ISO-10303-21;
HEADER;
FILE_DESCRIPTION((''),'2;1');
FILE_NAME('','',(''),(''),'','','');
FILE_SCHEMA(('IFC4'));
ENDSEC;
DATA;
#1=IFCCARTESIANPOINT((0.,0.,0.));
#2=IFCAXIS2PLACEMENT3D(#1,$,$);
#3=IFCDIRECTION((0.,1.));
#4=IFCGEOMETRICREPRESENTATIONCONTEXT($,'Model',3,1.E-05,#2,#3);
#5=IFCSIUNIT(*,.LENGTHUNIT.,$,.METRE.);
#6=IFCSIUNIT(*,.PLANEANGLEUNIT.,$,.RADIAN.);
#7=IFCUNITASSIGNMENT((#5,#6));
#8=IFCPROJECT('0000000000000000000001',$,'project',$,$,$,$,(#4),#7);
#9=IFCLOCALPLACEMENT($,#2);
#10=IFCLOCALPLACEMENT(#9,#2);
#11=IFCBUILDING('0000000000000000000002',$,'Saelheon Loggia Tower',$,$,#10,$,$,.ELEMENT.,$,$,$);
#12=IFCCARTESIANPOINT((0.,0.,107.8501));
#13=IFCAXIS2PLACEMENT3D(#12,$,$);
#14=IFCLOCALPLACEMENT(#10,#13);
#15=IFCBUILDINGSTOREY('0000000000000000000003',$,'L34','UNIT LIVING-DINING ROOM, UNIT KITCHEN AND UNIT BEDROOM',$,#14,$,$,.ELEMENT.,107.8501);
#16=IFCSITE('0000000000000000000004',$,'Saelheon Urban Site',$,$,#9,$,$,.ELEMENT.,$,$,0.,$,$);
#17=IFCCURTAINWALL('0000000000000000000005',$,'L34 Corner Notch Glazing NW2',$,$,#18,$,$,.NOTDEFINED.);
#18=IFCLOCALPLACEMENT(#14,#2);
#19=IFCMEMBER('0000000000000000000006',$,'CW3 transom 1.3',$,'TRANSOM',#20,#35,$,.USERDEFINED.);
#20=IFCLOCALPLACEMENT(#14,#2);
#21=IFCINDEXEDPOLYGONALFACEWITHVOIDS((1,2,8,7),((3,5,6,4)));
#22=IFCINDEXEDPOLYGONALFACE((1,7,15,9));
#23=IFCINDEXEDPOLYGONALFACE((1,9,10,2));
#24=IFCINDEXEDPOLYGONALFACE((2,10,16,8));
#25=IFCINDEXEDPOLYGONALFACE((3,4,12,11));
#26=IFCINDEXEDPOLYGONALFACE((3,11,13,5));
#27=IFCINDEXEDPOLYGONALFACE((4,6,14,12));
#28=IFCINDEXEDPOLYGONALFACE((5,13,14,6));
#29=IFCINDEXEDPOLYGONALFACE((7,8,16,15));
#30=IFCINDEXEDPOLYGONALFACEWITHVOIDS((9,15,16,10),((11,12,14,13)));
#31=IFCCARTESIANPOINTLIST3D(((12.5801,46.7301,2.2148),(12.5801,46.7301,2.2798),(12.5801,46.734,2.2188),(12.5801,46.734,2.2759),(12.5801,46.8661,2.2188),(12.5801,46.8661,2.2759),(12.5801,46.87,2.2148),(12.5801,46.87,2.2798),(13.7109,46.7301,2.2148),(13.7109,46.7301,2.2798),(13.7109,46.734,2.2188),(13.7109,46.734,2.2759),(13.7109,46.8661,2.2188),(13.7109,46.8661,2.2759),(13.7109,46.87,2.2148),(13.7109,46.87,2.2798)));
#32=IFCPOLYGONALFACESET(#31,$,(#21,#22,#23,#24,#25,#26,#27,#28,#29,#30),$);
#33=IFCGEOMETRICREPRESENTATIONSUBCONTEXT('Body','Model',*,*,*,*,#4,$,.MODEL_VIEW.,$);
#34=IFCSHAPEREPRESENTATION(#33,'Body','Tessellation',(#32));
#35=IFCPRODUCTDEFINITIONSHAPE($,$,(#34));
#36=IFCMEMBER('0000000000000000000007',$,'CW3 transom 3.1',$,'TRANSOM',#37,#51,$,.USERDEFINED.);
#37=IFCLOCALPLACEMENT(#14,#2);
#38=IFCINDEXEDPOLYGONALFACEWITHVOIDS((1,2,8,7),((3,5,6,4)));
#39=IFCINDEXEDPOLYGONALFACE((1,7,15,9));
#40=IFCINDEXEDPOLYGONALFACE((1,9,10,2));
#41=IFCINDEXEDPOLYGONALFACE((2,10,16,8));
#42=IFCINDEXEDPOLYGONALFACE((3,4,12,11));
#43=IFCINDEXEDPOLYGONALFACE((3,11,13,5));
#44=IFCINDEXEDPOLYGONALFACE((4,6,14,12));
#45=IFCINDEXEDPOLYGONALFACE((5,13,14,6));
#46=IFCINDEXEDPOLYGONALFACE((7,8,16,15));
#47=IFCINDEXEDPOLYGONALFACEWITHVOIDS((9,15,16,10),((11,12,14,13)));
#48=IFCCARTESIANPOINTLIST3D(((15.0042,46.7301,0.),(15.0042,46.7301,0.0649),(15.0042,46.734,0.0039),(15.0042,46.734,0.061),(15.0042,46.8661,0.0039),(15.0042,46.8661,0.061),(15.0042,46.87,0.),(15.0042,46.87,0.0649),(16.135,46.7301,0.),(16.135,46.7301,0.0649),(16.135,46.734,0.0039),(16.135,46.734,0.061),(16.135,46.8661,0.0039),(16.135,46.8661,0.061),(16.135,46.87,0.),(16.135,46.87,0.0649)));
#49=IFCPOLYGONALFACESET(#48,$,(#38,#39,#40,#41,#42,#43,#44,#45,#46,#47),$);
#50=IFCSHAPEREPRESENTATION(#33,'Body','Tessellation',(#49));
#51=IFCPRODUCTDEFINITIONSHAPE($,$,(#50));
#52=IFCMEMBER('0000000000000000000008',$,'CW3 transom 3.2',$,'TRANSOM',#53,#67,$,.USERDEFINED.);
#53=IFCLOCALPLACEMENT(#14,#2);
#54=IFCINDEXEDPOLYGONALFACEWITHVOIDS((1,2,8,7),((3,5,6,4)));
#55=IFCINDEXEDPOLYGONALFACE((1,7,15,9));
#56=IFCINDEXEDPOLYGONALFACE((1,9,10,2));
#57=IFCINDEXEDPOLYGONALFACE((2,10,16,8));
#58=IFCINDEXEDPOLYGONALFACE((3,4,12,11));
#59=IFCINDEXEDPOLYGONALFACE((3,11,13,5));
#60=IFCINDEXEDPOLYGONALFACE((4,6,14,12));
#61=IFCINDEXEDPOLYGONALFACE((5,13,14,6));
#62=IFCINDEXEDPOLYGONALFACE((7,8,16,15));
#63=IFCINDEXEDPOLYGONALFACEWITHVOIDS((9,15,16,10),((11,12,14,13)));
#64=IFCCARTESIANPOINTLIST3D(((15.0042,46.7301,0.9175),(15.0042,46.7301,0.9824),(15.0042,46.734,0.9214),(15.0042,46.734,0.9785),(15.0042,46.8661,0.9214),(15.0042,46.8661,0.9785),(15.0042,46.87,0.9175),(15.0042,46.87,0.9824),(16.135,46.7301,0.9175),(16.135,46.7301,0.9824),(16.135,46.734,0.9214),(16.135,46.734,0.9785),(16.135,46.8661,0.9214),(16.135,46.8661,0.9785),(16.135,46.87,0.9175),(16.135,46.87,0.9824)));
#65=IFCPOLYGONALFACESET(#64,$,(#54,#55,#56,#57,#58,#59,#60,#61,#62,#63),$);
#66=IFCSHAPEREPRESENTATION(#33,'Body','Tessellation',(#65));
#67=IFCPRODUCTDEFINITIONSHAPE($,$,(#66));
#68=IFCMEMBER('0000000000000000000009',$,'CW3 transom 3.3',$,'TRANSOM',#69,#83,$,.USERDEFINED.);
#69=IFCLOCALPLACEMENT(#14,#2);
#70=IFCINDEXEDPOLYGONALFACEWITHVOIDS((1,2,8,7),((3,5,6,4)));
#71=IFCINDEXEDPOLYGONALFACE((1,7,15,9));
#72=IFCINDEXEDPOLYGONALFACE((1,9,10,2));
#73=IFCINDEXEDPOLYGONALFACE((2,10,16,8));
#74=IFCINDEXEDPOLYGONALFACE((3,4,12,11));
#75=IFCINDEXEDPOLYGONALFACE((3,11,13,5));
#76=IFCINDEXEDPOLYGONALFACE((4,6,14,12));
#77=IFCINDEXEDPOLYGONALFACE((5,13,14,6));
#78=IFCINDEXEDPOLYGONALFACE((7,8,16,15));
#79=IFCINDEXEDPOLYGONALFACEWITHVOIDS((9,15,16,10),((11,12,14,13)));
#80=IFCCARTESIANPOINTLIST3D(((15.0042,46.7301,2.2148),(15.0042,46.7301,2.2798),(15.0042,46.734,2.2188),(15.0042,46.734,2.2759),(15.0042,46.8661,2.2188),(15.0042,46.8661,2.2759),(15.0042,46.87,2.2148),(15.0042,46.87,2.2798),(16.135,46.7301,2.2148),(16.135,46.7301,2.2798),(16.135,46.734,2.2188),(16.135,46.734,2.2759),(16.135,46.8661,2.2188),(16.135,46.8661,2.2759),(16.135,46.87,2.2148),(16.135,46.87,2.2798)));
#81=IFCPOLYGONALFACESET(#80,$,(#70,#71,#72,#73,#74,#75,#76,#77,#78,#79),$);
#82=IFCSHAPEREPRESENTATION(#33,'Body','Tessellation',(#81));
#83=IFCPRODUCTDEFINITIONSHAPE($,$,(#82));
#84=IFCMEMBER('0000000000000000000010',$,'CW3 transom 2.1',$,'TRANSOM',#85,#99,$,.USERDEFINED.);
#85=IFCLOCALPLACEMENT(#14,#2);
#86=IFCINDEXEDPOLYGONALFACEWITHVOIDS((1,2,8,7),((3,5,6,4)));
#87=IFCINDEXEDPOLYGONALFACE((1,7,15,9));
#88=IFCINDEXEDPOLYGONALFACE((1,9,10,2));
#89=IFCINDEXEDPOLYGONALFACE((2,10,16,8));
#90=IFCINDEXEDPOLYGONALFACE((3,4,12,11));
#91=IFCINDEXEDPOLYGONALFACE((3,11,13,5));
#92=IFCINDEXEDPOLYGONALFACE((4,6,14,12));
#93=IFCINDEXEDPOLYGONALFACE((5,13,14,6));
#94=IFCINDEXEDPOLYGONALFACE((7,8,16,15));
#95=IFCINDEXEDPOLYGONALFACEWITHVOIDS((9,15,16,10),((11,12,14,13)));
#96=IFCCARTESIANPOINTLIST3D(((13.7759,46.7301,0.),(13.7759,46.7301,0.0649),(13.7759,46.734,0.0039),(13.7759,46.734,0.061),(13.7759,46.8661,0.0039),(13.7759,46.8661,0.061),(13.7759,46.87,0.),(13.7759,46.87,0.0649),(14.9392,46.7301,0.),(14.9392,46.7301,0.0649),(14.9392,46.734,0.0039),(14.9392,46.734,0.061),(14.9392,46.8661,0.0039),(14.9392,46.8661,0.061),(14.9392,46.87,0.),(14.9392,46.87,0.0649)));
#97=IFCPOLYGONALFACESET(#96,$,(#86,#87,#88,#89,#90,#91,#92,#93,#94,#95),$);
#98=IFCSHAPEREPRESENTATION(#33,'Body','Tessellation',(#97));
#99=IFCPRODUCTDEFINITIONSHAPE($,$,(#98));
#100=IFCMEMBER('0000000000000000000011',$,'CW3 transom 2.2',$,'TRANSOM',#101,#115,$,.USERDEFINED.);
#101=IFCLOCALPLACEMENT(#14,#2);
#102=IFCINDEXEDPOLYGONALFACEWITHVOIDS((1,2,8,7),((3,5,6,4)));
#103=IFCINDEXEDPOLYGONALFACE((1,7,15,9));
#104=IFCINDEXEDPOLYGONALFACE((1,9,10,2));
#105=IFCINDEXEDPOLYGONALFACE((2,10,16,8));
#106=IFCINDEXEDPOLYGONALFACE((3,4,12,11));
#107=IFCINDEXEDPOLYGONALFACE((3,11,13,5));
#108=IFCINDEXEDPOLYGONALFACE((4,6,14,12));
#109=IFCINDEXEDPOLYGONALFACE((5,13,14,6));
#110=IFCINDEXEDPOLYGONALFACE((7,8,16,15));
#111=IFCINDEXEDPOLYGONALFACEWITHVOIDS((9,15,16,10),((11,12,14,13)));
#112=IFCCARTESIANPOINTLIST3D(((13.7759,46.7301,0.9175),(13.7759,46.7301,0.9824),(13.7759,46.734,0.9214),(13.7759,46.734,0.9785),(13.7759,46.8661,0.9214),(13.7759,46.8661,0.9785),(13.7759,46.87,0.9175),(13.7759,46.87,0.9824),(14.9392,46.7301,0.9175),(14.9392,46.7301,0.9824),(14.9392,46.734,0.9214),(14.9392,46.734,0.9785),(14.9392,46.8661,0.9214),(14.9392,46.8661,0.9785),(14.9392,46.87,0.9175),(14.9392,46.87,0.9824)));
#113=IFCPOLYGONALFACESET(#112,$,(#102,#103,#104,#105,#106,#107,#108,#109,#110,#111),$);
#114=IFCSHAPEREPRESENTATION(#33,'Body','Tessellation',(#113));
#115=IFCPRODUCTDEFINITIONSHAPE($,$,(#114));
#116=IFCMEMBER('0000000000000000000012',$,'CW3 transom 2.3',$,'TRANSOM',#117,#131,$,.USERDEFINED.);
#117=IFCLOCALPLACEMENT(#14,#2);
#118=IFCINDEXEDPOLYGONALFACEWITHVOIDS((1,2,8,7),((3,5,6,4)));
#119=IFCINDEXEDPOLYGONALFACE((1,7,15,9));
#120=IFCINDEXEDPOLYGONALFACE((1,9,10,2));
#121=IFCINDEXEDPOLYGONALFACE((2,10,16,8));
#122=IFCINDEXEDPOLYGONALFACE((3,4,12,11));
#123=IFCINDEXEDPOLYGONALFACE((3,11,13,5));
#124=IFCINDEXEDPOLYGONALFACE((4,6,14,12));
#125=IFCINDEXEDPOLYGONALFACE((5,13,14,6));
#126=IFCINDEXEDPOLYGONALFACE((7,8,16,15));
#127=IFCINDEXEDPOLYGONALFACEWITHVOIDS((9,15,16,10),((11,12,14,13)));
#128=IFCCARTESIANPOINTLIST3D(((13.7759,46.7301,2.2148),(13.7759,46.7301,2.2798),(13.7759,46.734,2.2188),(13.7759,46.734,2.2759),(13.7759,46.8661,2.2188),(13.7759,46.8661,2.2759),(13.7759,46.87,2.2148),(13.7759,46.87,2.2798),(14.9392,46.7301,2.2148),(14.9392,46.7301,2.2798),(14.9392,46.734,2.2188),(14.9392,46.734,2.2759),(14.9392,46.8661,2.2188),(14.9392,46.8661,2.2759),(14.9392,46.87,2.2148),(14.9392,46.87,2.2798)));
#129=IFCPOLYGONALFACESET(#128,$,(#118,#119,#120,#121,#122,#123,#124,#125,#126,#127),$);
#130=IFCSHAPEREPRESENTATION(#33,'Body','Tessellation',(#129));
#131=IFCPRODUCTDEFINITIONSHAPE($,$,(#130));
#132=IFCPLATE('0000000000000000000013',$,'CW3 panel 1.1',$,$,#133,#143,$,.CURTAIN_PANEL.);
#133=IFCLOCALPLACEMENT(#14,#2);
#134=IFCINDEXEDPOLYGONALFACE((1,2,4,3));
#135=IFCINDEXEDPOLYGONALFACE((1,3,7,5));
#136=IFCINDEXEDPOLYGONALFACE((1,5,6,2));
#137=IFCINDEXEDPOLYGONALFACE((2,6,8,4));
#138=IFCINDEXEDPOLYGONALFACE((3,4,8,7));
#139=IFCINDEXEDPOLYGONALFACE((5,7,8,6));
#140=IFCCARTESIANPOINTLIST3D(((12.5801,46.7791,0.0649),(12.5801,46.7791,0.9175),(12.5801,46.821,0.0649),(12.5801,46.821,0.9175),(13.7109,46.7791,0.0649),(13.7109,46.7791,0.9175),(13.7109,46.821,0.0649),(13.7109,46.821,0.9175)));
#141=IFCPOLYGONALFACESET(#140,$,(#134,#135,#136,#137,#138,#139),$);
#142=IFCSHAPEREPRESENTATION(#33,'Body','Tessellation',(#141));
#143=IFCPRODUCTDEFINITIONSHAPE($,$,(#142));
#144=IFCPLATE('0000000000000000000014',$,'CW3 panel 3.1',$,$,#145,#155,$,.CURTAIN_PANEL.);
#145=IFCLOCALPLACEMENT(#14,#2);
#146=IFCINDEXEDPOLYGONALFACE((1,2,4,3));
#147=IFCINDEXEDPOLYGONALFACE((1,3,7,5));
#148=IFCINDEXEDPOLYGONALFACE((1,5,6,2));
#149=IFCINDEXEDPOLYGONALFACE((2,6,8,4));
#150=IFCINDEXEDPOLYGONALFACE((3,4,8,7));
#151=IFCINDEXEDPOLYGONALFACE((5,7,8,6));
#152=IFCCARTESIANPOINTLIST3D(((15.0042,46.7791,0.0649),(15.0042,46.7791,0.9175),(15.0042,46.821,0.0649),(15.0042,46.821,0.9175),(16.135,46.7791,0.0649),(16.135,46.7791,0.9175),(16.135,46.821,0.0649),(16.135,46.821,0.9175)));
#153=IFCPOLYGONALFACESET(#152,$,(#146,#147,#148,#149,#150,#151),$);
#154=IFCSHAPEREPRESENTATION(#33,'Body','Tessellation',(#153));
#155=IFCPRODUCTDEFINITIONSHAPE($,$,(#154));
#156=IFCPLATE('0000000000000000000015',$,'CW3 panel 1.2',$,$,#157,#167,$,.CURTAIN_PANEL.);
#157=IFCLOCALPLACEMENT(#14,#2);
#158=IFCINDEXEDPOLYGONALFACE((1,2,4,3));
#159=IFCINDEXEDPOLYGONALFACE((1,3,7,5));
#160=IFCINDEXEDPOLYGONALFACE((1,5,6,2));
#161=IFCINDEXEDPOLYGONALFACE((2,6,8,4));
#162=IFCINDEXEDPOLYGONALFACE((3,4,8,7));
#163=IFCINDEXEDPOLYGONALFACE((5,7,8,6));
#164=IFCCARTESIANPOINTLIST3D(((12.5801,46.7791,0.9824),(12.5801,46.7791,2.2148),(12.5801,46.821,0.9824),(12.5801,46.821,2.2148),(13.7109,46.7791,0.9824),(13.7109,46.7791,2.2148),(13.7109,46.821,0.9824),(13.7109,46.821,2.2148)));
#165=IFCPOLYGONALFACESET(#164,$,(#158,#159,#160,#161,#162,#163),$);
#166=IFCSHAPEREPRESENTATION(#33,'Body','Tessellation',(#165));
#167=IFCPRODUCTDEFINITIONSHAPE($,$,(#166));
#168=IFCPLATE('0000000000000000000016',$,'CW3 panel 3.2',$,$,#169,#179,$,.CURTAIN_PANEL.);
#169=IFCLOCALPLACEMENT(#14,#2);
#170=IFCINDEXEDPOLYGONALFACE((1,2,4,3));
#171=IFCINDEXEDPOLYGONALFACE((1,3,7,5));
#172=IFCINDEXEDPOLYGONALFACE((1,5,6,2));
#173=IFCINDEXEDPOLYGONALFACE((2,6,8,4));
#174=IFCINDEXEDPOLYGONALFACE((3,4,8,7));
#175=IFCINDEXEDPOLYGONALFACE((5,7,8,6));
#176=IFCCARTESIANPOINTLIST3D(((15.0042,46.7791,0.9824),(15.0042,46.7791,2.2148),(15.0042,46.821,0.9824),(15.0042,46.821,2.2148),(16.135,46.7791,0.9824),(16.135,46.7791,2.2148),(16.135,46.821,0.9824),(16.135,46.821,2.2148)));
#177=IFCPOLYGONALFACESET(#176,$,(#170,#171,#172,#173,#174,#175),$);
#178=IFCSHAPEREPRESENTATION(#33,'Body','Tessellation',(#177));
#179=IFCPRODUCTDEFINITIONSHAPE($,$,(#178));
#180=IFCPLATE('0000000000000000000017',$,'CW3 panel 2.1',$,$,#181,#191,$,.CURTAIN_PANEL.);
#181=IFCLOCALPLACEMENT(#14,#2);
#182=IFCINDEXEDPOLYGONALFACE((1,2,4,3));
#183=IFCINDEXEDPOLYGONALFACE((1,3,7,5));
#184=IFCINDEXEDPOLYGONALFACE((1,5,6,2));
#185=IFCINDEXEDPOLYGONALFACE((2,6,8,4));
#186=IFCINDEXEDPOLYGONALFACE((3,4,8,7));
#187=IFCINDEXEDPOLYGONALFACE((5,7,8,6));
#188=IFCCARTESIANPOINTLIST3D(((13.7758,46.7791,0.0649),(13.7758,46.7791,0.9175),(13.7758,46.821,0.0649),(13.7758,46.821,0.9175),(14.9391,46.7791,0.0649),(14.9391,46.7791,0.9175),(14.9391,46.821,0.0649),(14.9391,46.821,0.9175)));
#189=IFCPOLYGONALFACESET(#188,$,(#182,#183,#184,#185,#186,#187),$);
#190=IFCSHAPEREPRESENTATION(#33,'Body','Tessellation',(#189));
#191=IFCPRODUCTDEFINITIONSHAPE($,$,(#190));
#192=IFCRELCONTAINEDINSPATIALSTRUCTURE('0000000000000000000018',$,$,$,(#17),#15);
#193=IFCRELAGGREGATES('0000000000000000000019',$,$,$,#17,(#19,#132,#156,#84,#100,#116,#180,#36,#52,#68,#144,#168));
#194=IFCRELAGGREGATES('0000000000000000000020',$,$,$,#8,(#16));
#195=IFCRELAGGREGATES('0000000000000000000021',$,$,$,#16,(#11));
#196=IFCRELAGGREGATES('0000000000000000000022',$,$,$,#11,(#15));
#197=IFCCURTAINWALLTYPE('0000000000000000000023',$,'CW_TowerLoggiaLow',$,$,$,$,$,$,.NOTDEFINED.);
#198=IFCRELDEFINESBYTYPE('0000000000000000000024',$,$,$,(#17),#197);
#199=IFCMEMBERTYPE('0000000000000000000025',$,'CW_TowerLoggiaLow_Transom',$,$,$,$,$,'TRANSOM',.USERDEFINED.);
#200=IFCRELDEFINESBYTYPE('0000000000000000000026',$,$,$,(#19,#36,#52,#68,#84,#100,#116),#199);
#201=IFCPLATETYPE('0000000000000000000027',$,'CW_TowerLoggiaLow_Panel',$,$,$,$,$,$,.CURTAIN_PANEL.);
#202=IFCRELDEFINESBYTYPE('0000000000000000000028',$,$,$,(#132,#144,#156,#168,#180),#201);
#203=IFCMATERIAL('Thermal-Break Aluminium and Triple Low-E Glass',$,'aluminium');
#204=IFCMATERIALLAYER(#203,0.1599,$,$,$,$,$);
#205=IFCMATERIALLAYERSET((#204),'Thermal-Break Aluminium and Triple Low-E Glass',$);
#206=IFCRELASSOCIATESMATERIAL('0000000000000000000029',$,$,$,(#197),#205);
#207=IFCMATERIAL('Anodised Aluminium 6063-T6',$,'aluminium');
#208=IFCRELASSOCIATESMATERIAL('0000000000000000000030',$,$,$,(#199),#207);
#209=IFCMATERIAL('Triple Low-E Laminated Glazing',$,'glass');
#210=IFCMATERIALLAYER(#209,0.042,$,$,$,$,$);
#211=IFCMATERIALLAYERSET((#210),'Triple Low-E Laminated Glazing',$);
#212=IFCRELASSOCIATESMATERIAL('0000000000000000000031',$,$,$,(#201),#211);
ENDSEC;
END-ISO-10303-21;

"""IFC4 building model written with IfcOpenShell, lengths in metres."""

from ifc_helpers import new_model, si_unit, direction, frame, origin, origin_2d, place, context, subcontext, project, spatial, rectangle, hollow_rectangle, extrude, source, transform, mapped, material, layer, layer_set, material_profile, profile_set, type_object, element, aggregate, save


model = new_model("IFC4")

# Units and contexts
model_context = context("Model", 3, precision=1e-05, world=origin(), true_north=direction((0.0, 1.0)))
body_context = subcontext(model_context, "Body", "Model", "MODEL_VIEW")
ifc_project = project(units=[si_unit("LENGTHUNIT", "METRE"), si_unit("PLANEANGLEUNIT", "RADIAN")], contexts=[model_context])

# Site, building, storey
site_placement = place(None, origin())
site = spatial("IfcSite", under=ifc_project, at=site_placement, Name="Saelheon Urban Site", CompositionType="ELEMENT", RefElevation=0.0)
building_placement = place(site_placement, origin())
building = spatial("IfcBuilding", under=site, at=building_placement, Name="Saelheon Loggia Tower", CompositionType="ELEMENT")
storey_placement = place(building_placement, frame((0.0, 0.0, 107.8501)))
storey = spatial("IfcBuildingStorey", under=building, at=storey_placement, Name="L34", Description="UNIT LIVING-DINING ROOM, UNIT KITCHEN AND UNIT BEDROOM", CompositionType="ELEMENT", Elevation=107.8501)

# Shared definitions
ifc_material_1 = material(Name="Thermal-Break Aluminium and Triple Low-E Glass", Category="aluminium")
ifc_layer_1 = layer(ifc_material_1, 0.1599)
ifc_layer_set_1 = layer_set([ifc_layer_1], Name="Thermal-Break Aluminium and Triple Low-E Glass")
curtain_wall_type = type_object("IfcCurtainWallType", Name="CW_TowerLoggiaLow", PredefinedType="NOTDEFINED", material=ifc_layer_set_1)
ifc_material_2 = material(Name="Anodised Aluminium 6063-T6", Category="aluminium")

# Curtain wall
curtain_wall_1_placement = place(storey_placement, origin())
curtain_wall_1 = element("IfcCurtainWall", 1, at=curtain_wall_1_placement, inside=storey, type_object=curtain_wall_type, Name="L34 Corner Notch Glazing NW2", PredefinedType="NOTDEFINED")

# Members
ifc_material_profile_1 = material_profile(ifc_material_2, hollow_rectangle(XDim=0.0649, YDim=0.1399, WallThickness=0.0039, at=origin_2d()), Name="RHS-140x65x4")
ifc_profile_set_1 = profile_set([ifc_material_profile_1], Name="Anodised Aluminium 6063-T6")
member_type_1 = type_object("IfcMemberType", Name="CW_TowerLoggiaLow_Transom", ElementType="TRANSOM", PredefinedType="USERDEFINED", material=ifc_profile_set_1)
shared_shape_1 = source(origin(), body_context, "Body", "SweptSolid", [
    extrude(hollow_rectangle(XDim=0.0649, YDim=0.1399, WallThickness=0.0039, at=origin_2d()), origin(), (0.0, 0.0, 1.0), 1.1309),
])
member_1_placement = place(storey_placement, frame((12.5801, 46.8, 2.2473), z_axis=(1.0, 0.0, 0.0), x_axis=(0.0, 0.0, 1.0)))
member_1 = element("IfcMember", 2, at=member_1_placement, type_object=member_type_1, Name="CW3 transom 1.3", ObjectType="TRANSOM", PredefinedType="USERDEFINED", context=body_context, shape_type="MappedRepresentation", body=[
    mapped(shared_shape_1, transform((0.0, 0.0, 0.0), scale=1.0)),
])
member_2_placement = place(storey_placement, frame((15.0042, 46.8, 0.0325), z_axis=(1.0, 0.0, 0.0), x_axis=(0.0, 0.0, 1.0)))
member_2 = element("IfcMember", 3, at=member_2_placement, type_object=member_type_1, Name="CW3 transom 3.1", ObjectType="TRANSOM", PredefinedType="USERDEFINED", context=body_context, shape_type="MappedRepresentation", body=[
    mapped(shared_shape_1, transform((0.0, 0.0, 0.0), scale=1.0)),
])
member_3_placement = place(storey_placement, frame((15.0042, 46.8, 0.95), z_axis=(1.0, 0.0, 0.0), x_axis=(0.0, 0.0, 1.0)))
member_3 = element("IfcMember", 4, at=member_3_placement, type_object=member_type_1, Name="CW3 transom 3.2", ObjectType="TRANSOM", PredefinedType="USERDEFINED", context=body_context, shape_type="MappedRepresentation", body=[
    mapped(shared_shape_1, transform((0.0, 0.0, 0.0), scale=1.0)),
])
member_4_placement = place(storey_placement, frame((15.0042, 46.8, 2.2473), z_axis=(1.0, 0.0, 0.0), x_axis=(0.0, 0.0, 1.0)))
member_4 = element("IfcMember", 5, at=member_4_placement, type_object=member_type_1, Name="CW3 transom 3.3", ObjectType="TRANSOM", PredefinedType="USERDEFINED", context=body_context, shape_type="MappedRepresentation", body=[
    mapped(shared_shape_1, transform((0.0, 0.0, 0.0), scale=1.0)),
])
shared_shape_2 = source(origin(), body_context, "Body", "SweptSolid", [
    extrude(hollow_rectangle(XDim=0.0649, YDim=0.1399, WallThickness=0.0039, at=origin_2d()), origin(), (0.0, 0.0, 1.0), 1.1633),
])
member_5_placement = place(storey_placement, frame((13.7759, 46.8, 0.0325), z_axis=(1.0, 0.0, 0.0), x_axis=(0.0, 0.0, 1.0)))
member_5 = element("IfcMember", 6, at=member_5_placement, type_object=member_type_1, Name="CW3 transom 2.1", ObjectType="TRANSOM", PredefinedType="USERDEFINED", context=body_context, shape_type="MappedRepresentation", body=[
    mapped(shared_shape_2, transform((0.0, 0.0, 0.0), scale=1.0)),
])
member_6_placement = place(storey_placement, frame((13.7759, 46.8, 0.95), z_axis=(1.0, 0.0, 0.0), x_axis=(0.0, 0.0, 1.0)))
member_6 = element("IfcMember", 7, at=member_6_placement, type_object=member_type_1, Name="CW3 transom 2.2", ObjectType="TRANSOM", PredefinedType="USERDEFINED", context=body_context, shape_type="MappedRepresentation", body=[
    mapped(shared_shape_2, transform((0.0, 0.0, 0.0), scale=1.0)),
])
member_7_placement = place(storey_placement, frame((13.7759, 46.8, 2.2473), z_axis=(1.0, 0.0, 0.0), x_axis=(0.0, 0.0, 1.0)))
member_7 = element("IfcMember", 8, at=member_7_placement, type_object=member_type_1, Name="CW3 transom 2.3", ObjectType="TRANSOM", PredefinedType="USERDEFINED", context=body_context, shape_type="MappedRepresentation", body=[
    mapped(shared_shape_2, transform((0.0, 0.0, 0.0), scale=1.0)),
])

# Plates
ifc_material_3 = material(Name="Triple Low-E Laminated Glazing", Category="glass")
ifc_layer_2 = layer(ifc_material_3, 0.042)
ifc_layer_set_2 = layer_set([ifc_layer_2], Name="Triple Low-E Laminated Glazing")
plate_type = type_object("IfcPlateType", Name="CW_TowerLoggiaLow_Panel", PredefinedType="CURTAIN_PANEL", material=ifc_layer_set_2)
shared_shape_3 = source(origin(), body_context, "Body", "SweptSolid", [
    extrude(rectangle(XDim=1.1309, YDim=0.042, at=origin_2d()), origin(), (0.0, 0.0, 1.0), 0.8525),
])
plate_1_placement = place(storey_placement, frame((13.1455, 46.8, 0.0649), z_axis=(0.0, 0.0, 1.0), x_axis=(1.0, 0.0, 0.0)))
plate_1 = element("IfcPlate", 9, at=plate_1_placement, type_object=plate_type, Name="CW3 panel 1.1", PredefinedType="CURTAIN_PANEL", context=body_context, shape_type="MappedRepresentation", body=[
    mapped(shared_shape_3, transform((0.0, 0.0, 0.0), scale=1.0)),
])
plate_2_placement = place(storey_placement, frame((15.5696, 46.8, 0.0649), z_axis=(0.0, 0.0, 1.0), x_axis=(1.0, 0.0, 0.0)))
plate_2 = element("IfcPlate", 10, at=plate_2_placement, type_object=plate_type, Name="CW3 panel 3.1", PredefinedType="CURTAIN_PANEL", context=body_context, shape_type="MappedRepresentation", body=[
    mapped(shared_shape_3, transform((0.0, 0.0, 0.0), scale=1.0)),
])
shared_shape_4 = source(origin(), body_context, "Body", "SweptSolid", [
    extrude(rectangle(XDim=1.1309, YDim=0.042, at=origin_2d()), origin(), (0.0, 0.0, 1.0), 1.2324),
])
plate_3_placement = place(storey_placement, frame((13.1455, 46.8, 0.9824), z_axis=(0.0, 0.0, 1.0), x_axis=(1.0, 0.0, 0.0)))
plate_3 = element("IfcPlate", 11, at=plate_3_placement, type_object=plate_type, Name="CW3 panel 1.2", PredefinedType="CURTAIN_PANEL", context=body_context, shape_type="MappedRepresentation", body=[
    mapped(shared_shape_4, transform((0.0, 0.0, 0.0), scale=1.0)),
])
plate_4_placement = place(storey_placement, frame((15.5696, 46.8, 0.9824), z_axis=(0.0, 0.0, 1.0), x_axis=(1.0, 0.0, 0.0)))
plate_4 = element("IfcPlate", 12, at=plate_4_placement, type_object=plate_type, Name="CW3 panel 3.2", PredefinedType="CURTAIN_PANEL", context=body_context, shape_type="MappedRepresentation", body=[
    mapped(shared_shape_4, transform((0.0, 0.0, 0.0), scale=1.0)),
])
shared_shape_5 = source(origin(), body_context, "Body", "SweptSolid", [
    extrude(rectangle(XDim=1.1633, YDim=0.042, at=origin_2d()), origin(), (0.0, 0.0, 1.0), 0.8525),
])
plate_5_placement = place(storey_placement, frame((14.3574, 46.8, 0.0649), z_axis=(0.0, 0.0, 1.0), x_axis=(1.0, 0.0, 0.0)))
plate_5 = element("IfcPlate", 13, at=plate_5_placement, type_object=plate_type, Name="CW3 panel 2.1", PredefinedType="CURTAIN_PANEL", context=body_context, shape_type="MappedRepresentation", body=[
    mapped(shared_shape_5, transform((0.0, 0.0, 0.0), scale=1.0)),
])
aggregate(curtain_wall_1, [member_1, plate_1, plate_3, member_5, member_6, member_7, plate_5, member_2, member_3, member_4, plate_2, plate_4])

save(model, "model.ifc")
